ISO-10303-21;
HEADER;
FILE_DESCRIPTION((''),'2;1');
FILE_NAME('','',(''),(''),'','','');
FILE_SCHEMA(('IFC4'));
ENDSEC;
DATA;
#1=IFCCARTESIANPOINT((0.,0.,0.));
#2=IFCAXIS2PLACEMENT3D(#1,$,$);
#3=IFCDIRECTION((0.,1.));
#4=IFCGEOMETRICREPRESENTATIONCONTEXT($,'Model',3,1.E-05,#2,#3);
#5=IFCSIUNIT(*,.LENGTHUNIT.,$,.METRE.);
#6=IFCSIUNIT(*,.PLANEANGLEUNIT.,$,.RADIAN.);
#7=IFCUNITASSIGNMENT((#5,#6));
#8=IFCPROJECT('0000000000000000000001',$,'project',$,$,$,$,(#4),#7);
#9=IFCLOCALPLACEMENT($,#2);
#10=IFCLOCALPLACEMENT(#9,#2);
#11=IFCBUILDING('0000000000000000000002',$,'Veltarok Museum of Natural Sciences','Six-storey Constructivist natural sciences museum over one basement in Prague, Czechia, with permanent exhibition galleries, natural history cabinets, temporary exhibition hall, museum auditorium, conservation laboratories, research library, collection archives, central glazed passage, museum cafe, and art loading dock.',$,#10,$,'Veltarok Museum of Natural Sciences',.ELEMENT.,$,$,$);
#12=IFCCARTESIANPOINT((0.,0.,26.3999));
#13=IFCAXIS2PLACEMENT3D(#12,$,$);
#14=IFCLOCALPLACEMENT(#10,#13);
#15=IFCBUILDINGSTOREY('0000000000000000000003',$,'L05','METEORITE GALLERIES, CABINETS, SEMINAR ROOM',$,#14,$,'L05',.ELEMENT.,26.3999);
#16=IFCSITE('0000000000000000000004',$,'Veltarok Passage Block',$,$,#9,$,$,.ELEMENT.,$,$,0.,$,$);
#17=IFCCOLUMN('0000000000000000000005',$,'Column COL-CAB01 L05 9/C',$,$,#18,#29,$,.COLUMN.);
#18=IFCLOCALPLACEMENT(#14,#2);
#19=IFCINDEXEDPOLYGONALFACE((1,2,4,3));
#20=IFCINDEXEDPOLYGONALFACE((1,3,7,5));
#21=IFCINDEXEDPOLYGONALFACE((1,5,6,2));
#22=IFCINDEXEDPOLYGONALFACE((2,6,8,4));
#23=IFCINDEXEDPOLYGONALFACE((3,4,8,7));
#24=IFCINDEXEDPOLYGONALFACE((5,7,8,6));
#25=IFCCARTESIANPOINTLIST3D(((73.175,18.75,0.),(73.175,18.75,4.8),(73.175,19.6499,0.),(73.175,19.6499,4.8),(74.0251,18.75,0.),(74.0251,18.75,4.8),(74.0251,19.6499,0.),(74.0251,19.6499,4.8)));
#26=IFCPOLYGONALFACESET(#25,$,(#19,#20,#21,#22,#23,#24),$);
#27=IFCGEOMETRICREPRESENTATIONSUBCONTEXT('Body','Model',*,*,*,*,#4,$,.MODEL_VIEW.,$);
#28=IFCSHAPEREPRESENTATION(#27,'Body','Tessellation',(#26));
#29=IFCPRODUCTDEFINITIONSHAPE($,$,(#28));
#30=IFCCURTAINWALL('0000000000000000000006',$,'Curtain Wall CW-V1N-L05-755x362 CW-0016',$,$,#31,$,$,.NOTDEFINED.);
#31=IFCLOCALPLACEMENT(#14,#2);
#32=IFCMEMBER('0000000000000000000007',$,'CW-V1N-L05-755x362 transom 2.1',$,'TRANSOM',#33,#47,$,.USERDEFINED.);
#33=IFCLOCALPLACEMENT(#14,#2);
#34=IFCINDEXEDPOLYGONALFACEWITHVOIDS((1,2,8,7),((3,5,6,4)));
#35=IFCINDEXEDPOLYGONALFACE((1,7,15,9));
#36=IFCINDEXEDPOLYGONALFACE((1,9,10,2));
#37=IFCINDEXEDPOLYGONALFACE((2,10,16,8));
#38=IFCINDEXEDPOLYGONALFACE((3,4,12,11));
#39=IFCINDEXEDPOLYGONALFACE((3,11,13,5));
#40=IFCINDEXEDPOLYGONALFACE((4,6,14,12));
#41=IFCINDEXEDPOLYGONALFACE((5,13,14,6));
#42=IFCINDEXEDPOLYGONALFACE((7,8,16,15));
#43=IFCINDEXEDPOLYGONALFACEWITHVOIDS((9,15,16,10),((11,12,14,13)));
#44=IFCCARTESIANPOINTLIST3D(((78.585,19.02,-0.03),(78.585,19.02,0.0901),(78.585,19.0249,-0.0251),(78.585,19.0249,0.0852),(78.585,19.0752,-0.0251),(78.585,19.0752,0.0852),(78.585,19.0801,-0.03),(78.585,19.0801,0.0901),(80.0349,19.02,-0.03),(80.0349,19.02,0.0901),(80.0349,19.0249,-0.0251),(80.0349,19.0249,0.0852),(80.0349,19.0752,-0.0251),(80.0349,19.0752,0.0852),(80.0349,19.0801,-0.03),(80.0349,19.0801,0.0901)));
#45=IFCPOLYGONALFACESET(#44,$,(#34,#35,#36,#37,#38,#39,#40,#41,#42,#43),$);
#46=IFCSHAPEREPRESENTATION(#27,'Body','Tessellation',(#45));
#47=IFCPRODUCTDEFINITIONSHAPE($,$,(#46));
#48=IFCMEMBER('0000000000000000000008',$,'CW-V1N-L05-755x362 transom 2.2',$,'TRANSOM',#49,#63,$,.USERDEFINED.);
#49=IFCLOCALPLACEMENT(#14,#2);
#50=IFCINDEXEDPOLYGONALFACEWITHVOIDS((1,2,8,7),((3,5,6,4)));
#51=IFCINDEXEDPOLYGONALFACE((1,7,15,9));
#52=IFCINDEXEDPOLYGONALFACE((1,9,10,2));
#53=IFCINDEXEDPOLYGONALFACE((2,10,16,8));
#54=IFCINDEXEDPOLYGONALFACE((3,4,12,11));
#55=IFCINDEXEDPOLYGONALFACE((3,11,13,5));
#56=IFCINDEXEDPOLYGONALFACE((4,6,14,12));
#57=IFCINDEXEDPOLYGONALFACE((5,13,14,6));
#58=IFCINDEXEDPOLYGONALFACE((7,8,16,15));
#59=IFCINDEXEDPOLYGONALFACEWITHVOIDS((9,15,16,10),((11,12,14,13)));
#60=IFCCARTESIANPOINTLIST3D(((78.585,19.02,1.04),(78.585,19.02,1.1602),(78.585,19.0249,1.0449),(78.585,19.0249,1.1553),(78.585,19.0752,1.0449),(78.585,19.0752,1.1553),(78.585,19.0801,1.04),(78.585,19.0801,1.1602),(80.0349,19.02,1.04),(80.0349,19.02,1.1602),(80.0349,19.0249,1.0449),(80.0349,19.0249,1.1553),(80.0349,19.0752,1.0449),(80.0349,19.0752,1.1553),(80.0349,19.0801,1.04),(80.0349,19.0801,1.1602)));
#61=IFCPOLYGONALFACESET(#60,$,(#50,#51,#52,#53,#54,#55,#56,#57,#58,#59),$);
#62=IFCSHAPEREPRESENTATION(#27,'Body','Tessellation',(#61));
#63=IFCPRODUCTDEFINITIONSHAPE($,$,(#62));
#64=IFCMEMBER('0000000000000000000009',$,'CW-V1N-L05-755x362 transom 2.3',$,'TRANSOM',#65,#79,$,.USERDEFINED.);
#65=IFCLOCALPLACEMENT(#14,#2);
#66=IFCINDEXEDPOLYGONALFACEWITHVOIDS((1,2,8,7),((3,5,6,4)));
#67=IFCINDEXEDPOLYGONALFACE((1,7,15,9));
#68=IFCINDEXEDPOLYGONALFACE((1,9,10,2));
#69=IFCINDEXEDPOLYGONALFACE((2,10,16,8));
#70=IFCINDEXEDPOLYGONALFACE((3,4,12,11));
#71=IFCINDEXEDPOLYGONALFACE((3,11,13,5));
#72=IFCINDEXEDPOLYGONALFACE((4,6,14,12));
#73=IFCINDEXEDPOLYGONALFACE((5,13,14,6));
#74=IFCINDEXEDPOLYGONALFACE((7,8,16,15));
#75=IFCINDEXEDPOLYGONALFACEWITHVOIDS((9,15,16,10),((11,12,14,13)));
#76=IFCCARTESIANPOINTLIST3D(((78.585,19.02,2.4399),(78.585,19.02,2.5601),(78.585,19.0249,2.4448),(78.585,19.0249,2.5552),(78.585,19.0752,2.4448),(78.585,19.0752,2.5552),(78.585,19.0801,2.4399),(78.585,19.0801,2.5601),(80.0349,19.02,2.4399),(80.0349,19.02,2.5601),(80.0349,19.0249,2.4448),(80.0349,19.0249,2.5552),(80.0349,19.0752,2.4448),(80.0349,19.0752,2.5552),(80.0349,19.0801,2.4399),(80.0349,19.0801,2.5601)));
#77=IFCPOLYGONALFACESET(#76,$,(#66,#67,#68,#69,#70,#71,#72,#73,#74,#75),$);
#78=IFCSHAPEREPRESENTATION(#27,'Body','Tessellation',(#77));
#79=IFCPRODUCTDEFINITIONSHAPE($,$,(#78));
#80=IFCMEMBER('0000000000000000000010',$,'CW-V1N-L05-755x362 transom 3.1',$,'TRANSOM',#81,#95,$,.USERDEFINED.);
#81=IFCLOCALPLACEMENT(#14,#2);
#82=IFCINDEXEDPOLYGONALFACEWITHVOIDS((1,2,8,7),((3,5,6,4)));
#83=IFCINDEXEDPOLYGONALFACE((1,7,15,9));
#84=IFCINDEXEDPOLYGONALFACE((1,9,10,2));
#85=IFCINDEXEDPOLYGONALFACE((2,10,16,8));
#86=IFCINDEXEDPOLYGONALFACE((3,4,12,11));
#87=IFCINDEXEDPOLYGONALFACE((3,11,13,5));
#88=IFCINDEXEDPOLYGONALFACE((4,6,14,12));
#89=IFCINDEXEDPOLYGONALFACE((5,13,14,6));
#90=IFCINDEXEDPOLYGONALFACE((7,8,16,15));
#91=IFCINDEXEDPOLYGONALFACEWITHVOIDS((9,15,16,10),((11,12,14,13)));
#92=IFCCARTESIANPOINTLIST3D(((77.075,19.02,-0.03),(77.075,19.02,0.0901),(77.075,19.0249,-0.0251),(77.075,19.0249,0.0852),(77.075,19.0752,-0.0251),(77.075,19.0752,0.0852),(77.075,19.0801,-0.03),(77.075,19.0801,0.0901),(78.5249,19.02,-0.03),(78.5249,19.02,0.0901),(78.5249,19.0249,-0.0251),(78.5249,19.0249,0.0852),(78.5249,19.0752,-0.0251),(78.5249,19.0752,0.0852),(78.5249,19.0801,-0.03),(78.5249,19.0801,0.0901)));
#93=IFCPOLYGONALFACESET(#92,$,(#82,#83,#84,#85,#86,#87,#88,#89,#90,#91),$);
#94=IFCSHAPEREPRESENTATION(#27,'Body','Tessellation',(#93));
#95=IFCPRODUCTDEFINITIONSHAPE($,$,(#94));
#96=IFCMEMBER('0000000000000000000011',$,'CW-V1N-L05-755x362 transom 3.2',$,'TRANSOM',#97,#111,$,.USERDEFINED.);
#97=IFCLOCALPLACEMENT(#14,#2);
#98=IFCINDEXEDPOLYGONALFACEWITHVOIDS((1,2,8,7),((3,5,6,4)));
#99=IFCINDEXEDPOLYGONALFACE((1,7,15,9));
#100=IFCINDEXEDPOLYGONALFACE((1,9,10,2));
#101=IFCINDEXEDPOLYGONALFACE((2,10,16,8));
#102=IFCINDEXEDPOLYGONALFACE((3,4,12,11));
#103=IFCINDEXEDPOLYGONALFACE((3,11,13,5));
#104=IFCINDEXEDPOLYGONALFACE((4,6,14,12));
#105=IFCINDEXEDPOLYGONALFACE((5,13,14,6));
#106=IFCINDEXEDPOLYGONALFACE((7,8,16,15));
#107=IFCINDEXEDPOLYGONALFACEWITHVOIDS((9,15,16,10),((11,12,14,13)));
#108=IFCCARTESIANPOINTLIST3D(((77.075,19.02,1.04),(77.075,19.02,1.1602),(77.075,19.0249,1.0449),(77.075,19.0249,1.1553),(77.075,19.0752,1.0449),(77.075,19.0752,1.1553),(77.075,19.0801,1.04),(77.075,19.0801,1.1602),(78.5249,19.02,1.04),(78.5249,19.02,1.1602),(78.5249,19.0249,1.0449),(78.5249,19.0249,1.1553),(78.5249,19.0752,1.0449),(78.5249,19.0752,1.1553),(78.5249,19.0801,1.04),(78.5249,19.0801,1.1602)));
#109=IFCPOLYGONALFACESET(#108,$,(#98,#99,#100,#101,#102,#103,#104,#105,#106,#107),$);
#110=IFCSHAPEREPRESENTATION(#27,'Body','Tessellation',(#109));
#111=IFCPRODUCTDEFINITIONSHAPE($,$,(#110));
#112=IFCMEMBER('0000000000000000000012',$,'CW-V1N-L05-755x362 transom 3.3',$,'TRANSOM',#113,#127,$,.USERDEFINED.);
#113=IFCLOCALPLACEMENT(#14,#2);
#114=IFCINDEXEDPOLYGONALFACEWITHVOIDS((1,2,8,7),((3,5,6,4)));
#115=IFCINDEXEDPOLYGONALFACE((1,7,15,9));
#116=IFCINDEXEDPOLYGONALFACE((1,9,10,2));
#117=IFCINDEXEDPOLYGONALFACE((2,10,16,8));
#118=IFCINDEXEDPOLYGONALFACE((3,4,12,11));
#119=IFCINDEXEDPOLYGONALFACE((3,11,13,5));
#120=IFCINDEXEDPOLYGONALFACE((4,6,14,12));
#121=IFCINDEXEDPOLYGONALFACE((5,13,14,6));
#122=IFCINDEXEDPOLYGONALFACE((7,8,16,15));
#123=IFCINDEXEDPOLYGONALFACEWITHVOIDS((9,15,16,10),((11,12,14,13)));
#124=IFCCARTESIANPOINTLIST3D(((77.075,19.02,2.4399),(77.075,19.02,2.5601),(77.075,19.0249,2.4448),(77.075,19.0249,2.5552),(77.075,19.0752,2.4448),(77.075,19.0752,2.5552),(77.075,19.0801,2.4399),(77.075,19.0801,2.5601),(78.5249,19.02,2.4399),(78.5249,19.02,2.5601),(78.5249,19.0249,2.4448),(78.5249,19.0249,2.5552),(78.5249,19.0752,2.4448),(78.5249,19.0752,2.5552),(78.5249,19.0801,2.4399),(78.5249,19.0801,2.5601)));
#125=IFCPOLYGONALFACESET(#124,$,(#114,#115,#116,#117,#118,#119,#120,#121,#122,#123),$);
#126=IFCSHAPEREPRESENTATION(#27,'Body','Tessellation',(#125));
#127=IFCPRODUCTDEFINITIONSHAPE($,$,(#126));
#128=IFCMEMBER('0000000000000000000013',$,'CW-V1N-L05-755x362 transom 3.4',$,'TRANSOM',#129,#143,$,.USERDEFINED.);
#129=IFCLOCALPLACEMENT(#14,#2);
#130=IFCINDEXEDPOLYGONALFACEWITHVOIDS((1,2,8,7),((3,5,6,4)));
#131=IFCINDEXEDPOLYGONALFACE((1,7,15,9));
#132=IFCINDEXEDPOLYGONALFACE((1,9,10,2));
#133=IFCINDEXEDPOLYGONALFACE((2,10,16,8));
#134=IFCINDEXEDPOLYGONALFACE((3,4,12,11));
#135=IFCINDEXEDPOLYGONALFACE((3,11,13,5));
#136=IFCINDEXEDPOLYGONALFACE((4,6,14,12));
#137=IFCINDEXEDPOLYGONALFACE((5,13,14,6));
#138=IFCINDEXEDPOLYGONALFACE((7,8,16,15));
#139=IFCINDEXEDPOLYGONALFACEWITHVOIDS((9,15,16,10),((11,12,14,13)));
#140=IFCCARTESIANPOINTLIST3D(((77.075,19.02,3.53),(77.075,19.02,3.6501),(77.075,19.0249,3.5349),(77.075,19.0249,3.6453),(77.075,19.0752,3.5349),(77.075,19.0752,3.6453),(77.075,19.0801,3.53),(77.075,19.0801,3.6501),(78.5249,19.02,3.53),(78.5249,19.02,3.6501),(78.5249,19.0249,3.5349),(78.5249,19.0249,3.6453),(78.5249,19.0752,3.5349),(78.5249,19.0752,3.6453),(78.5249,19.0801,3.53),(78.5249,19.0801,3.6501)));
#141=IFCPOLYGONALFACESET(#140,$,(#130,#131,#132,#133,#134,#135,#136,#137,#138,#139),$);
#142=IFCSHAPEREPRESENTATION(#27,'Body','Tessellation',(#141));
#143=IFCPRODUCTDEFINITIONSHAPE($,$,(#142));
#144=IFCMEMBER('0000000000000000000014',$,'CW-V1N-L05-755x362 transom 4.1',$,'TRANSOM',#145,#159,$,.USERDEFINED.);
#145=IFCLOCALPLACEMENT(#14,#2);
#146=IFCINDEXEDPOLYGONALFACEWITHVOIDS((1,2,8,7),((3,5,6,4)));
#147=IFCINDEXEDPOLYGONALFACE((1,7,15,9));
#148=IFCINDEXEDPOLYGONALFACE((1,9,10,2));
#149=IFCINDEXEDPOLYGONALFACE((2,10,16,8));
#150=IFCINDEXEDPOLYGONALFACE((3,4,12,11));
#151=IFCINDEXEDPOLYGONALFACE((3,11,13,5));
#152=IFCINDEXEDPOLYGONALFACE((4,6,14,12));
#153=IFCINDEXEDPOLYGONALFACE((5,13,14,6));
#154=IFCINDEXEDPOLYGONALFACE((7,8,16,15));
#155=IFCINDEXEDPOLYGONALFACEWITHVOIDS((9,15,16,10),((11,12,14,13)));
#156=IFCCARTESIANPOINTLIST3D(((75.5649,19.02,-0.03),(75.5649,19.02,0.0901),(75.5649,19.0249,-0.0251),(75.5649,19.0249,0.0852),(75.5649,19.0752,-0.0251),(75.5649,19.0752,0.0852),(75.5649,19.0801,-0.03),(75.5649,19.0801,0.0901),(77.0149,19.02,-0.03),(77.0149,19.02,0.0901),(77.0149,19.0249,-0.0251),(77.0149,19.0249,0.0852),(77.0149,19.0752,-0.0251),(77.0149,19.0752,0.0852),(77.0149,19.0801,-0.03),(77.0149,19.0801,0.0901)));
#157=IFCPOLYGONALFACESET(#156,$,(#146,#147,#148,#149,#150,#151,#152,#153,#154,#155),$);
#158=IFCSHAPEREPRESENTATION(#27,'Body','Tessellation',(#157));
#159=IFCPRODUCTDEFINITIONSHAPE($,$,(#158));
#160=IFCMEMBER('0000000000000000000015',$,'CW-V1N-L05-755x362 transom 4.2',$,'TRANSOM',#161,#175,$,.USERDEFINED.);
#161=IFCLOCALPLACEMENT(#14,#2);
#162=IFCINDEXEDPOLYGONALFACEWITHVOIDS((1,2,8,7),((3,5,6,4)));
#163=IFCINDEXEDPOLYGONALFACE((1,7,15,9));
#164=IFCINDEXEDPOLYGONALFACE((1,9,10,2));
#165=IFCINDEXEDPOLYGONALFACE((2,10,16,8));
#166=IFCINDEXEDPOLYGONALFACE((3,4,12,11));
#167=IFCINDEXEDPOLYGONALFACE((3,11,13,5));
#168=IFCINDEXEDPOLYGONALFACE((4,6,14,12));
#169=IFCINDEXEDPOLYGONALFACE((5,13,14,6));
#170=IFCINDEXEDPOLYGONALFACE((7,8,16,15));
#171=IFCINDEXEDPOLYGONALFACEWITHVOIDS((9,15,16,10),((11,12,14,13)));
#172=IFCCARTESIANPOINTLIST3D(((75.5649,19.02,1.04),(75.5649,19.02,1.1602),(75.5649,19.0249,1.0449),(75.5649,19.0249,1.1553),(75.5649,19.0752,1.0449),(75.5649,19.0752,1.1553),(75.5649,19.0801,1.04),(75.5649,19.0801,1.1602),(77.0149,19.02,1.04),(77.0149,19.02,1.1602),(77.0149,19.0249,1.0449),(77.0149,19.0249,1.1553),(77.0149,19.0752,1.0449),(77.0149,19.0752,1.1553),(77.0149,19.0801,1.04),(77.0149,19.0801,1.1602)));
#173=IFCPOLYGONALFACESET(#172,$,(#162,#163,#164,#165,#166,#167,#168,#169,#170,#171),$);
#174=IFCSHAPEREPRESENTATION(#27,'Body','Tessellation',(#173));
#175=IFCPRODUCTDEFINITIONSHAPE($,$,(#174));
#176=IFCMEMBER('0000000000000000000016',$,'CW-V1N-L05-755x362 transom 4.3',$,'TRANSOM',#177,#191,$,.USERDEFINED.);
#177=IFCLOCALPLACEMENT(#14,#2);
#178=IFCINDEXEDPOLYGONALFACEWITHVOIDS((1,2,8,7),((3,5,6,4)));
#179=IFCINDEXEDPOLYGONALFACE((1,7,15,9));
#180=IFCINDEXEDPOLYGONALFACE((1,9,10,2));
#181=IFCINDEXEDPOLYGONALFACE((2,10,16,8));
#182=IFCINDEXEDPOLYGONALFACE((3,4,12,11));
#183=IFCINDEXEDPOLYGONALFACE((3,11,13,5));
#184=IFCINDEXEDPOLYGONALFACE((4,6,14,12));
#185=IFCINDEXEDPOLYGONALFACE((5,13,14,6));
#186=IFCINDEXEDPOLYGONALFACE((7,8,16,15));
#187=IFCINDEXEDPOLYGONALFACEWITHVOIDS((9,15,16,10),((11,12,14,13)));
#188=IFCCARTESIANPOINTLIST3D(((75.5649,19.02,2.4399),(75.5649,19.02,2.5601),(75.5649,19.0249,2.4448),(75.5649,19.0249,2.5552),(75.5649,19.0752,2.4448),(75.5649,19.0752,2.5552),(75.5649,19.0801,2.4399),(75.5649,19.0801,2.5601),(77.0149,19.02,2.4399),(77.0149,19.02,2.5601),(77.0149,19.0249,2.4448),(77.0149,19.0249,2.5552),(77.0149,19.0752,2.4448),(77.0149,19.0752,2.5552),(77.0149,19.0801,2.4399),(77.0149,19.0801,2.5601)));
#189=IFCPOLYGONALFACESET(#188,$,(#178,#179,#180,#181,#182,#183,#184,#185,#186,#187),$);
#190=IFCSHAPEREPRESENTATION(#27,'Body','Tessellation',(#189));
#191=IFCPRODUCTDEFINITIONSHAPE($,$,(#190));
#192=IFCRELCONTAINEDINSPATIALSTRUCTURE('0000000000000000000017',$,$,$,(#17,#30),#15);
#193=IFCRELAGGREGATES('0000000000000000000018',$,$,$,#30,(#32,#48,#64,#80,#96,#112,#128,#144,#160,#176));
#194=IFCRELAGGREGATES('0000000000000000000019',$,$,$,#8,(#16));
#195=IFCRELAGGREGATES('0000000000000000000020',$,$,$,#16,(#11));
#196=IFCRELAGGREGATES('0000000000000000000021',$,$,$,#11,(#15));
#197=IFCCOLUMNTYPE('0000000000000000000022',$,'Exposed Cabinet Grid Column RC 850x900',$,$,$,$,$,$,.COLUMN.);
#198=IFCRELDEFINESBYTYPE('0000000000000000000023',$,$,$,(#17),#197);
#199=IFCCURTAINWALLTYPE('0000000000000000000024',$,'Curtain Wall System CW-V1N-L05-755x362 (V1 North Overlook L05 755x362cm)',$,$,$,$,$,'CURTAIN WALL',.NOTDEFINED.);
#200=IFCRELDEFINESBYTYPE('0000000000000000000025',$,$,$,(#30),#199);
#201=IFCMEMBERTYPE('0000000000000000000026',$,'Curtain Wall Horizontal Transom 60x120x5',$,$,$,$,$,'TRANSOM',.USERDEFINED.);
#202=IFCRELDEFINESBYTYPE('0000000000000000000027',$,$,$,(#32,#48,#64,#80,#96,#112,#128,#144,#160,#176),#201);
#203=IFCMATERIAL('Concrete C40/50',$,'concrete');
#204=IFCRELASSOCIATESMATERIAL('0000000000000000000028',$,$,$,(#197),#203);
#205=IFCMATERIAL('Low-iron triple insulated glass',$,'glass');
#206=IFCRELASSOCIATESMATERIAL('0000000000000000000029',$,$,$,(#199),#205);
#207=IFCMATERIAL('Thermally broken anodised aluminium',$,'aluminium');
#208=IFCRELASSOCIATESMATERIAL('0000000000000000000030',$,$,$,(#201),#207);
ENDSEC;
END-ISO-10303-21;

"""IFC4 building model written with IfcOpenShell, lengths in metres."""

from ifc_helpers import new_model, si_unit, direction, frame, origin, origin_2d, place, context, subcontext, project, spatial, rectangle, hollow_rectangle, extrude, material, material_profile, profile_set, type_object, element, aggregate, save


model = new_model("IFC4")

# Units and contexts
model_context = context("Model", 3, precision=1e-05, world=origin(), true_north=direction((0.0, 1.0)))
body_context = subcontext(model_context, "Body", "Model", "MODEL_VIEW")
ifc_project = project(units=[si_unit("LENGTHUNIT", "METRE"), si_unit("PLANEANGLEUNIT", "RADIAN")], contexts=[model_context])

# Site, building, storey
site_placement = place(None, origin())
site = spatial("IfcSite", under=ifc_project, at=site_placement, Name="Veltarok Passage Block", CompositionType="ELEMENT", RefElevation=0.0)
building_placement = place(site_placement, origin())
building = spatial("IfcBuilding", under=site, at=building_placement, Name="Veltarok Museum of Natural Sciences", Description="Six-storey Constructivist natural sciences museum over one basement in Prague, Czechia, with permanent exhibition galleries, natural history cabinets, temporary exhibition hall, museum auditorium, conservation laboratories, research library, collection archives, central glazed passage, museum cafe, and art loading dock.", LongName="Veltarok Museum of Natural Sciences", CompositionType="ELEMENT")
storey_placement = place(building_placement, frame((0.0, 0.0, 26.3999)))
storey = spatial("IfcBuildingStorey", under=building, at=storey_placement, Name="L05", Description="METEORITE GALLERIES, CABINETS, SEMINAR ROOM", LongName="L05", CompositionType="ELEMENT", Elevation=26.3999)

# Column
ifc_material_1 = material(Name="Concrete C40/50", Category="concrete")
ifc_material_profile_1 = material_profile(ifc_material_1, rectangle(XDim=0.8501, YDim=0.8999, at=origin_2d()), Name="RC 850x900")
ifc_profile_set_1 = profile_set([ifc_material_profile_1], Name="Concrete C40/50")
column_type = type_object("IfcColumnType", Name="Exposed Cabinet Grid Column RC 850x900", PredefinedType="COLUMN", material=ifc_profile_set_1)
column_placement = place(storey_placement, frame((73.6001, 19.2, 0.0), z_axis=(0.0, 0.0, 1.0), x_axis=(1.0, 0.0, 0.0)))
element("IfcColumn", 1, at=column_placement, inside=storey, type_object=column_type, Name="Column COL-CAB01 L05 9/C", PredefinedType="COLUMN", context=body_context, shape_type="SweptSolid", body=[
    extrude(rectangle(XDim=0.8501, YDim=0.8999, at=origin_2d()), origin(), (0.0, 0.0, 1.0), 4.8),
])

# Curtain wall, members
ifc_material_2 = material(Name="Low-iron triple insulated glass", Category="glass")
curtain_wall_type = type_object("IfcCurtainWallType", Name="Curtain Wall System CW-V1N-L05-755x362 (V1 North Overlook L05 755x362cm)", ElementType="CURTAIN WALL", PredefinedType="NOTDEFINED", material=ifc_material_2)
curtain_wall_placement = place(storey_placement, origin())
curtain_wall = element("IfcCurtainWall", 2, at=curtain_wall_placement, inside=storey, type_object=curtain_wall_type, Name="Curtain Wall CW-V1N-L05-755x362 CW-0016", PredefinedType="NOTDEFINED")
ifc_material_3 = material(Name="Thermally broken anodised aluminium", Category="aluminium")
ifc_material_profile_2 = material_profile(ifc_material_3, hollow_rectangle(XDim=0.0601, YDim=0.1201, WallThickness=0.0049, at=origin_2d()), Name="CW TRANSOM 60x120x5")
ifc_profile_set_2 = profile_set([ifc_material_profile_2], Name="Thermally broken anodised aluminium")
member_type_1 = type_object("IfcMemberType", Name="Curtain Wall Horizontal Transom 60x120x5", ElementType="TRANSOM", PredefinedType="USERDEFINED", material=ifc_profile_set_2)
member_1_placement = place(storey_placement, frame((80.0349, 19.05, 0.03), z_axis=(-1.0, 0.0, 0.0), x_axis=(0.0, -1.0, 0.0)))
member_1 = element("IfcMember", 3, at=member_1_placement, type_object=member_type_1, Name="CW-V1N-L05-755x362 transom 2.1", ObjectType="TRANSOM", PredefinedType="USERDEFINED", context=body_context, shape_type="SweptSolid", body=[
    extrude(hollow_rectangle(XDim=0.0601, YDim=0.1201, WallThickness=0.0049, at=origin_2d()), origin(), (0.0, 0.0, 1.0), 1.45),
])
member_2_placement = place(storey_placement, frame((80.0349, 19.05, 1.1001), z_axis=(-1.0, 0.0, 0.0), x_axis=(0.0, -1.0, 0.0)))
member_2 = element("IfcMember", 4, at=member_2_placement, type_object=member_type_1, Name="CW-V1N-L05-755x362 transom 2.2", ObjectType="TRANSOM", PredefinedType="USERDEFINED", context=body_context, shape_type="SweptSolid", body=[
    extrude(hollow_rectangle(XDim=0.0601, YDim=0.1201, WallThickness=0.0049, at=origin_2d()), origin(), (0.0, 0.0, 1.0), 1.45),
])
member_3_placement = place(storey_placement, frame((80.0349, 19.05, 2.5), z_axis=(-1.0, 0.0, 0.0), x_axis=(0.0, -1.0, 0.0)))
member_3 = element("IfcMember", 5, at=member_3_placement, type_object=member_type_1, Name="CW-V1N-L05-755x362 transom 2.3", ObjectType="TRANSOM", PredefinedType="USERDEFINED", context=body_context, shape_type="SweptSolid", body=[
    extrude(hollow_rectangle(XDim=0.0601, YDim=0.1201, WallThickness=0.0049, at=origin_2d()), origin(), (0.0, 0.0, 1.0), 1.45),
])
member_4_placement = place(storey_placement, frame((78.5249, 19.05, 0.03), z_axis=(-1.0, 0.0, 0.0), x_axis=(0.0, -1.0, 0.0)))
member_4 = element("IfcMember", 6, at=member_4_placement, type_object=member_type_1, Name="CW-V1N-L05-755x362 transom 3.1", ObjectType="TRANSOM", PredefinedType="USERDEFINED", context=body_context, shape_type="SweptSolid", body=[
    extrude(hollow_rectangle(XDim=0.0601, YDim=0.1201, WallThickness=0.0049, at=origin_2d()), origin(), (0.0, 0.0, 1.0), 1.45),
])
member_5_placement = place(storey_placement, frame((78.5249, 19.05, 1.1001), z_axis=(-1.0, 0.0, 0.0), x_axis=(0.0, -1.0, 0.0)))
member_5 = element("IfcMember", 7, at=member_5_placement, type_object=member_type_1, Name="CW-V1N-L05-755x362 transom 3.2", ObjectType="TRANSOM", PredefinedType="USERDEFINED", context=body_context, shape_type="SweptSolid", body=[
    extrude(hollow_rectangle(XDim=0.0601, YDim=0.1201, WallThickness=0.0049, at=origin_2d()), origin(), (0.0, 0.0, 1.0), 1.45),
])
member_6_placement = place(storey_placement, frame((78.5249, 19.05, 2.5), z_axis=(-1.0, 0.0, 0.0), x_axis=(0.0, -1.0, 0.0)))
member_6 = element("IfcMember", 8, at=member_6_placement, type_object=member_type_1, Name="CW-V1N-L05-755x362 transom 3.3", ObjectType="TRANSOM", PredefinedType="USERDEFINED", context=body_context, shape_type="SweptSolid", body=[
    extrude(hollow_rectangle(XDim=0.0601, YDim=0.1201, WallThickness=0.0049, at=origin_2d()), origin(), (0.0, 0.0, 1.0), 1.45),
])
member_7_placement = place(storey_placement, frame((78.5249, 19.05, 3.5901), z_axis=(-1.0, 0.0, 0.0), x_axis=(0.0, -1.0, 0.0)))
member_7 = element("IfcMember", 9, at=member_7_placement, type_object=member_type_1, Name="CW-V1N-L05-755x362 transom 3.4", ObjectType="TRANSOM", PredefinedType="USERDEFINED", context=body_context, shape_type="SweptSolid", body=[
    extrude(hollow_rectangle(XDim=0.0601, YDim=0.1201, WallThickness=0.0049, at=origin_2d()), origin(), (0.0, 0.0, 1.0), 1.45),
])
member_8_placement = place(storey_placement, frame((77.0149, 19.05, 0.03), z_axis=(-1.0, 0.0, 0.0), x_axis=(0.0, -1.0, 0.0)))
member_8 = element("IfcMember", 10, at=member_8_placement, type_object=member_type_1, Name="CW-V1N-L05-755x362 transom 4.1", ObjectType="TRANSOM", PredefinedType="USERDEFINED", context=body_context, shape_type="SweptSolid", body=[
    extrude(hollow_rectangle(XDim=0.0601, YDim=0.1201, WallThickness=0.0049, at=origin_2d()), origin(), (0.0, 0.0, 1.0), 1.45),
])
member_9_placement = place(storey_placement, frame((77.0149, 19.05, 1.1001), z_axis=(-1.0, 0.0, 0.0), x_axis=(0.0, -1.0, 0.0)))
member_9 = element("IfcMember", 11, at=member_9_placement, type_object=member_type_1, Name="CW-V1N-L05-755x362 transom 4.2", ObjectType="TRANSOM", PredefinedType="USERDEFINED", context=body_context, shape_type="SweptSolid", body=[
    extrude(hollow_rectangle(XDim=0.0601, YDim=0.1201, WallThickness=0.0049, at=origin_2d()), origin(), (0.0, 0.0, 1.0), 1.45),
])
member_10_placement = place(storey_placement, frame((77.0149, 19.05, 2.5), z_axis=(-1.0, 0.0, 0.0), x_axis=(0.0, -1.0, 0.0)))
member_10 = element("IfcMember", 12, at=member_10_placement, type_object=member_type_1, Name="CW-V1N-L05-755x362 transom 4.3", ObjectType="TRANSOM", PredefinedType="USERDEFINED", context=body_context, shape_type="SweptSolid", body=[
    extrude(hollow_rectangle(XDim=0.0601, YDim=0.1201, WallThickness=0.0049, at=origin_2d()), origin(), (0.0, 0.0, 1.0), 1.45),
])

aggregate(curtain_wall, [member_1, member_2, member_3, member_4, member_5, member_6, member_7, member_8, member_9, member_10])

save(model, "model.ifc")
